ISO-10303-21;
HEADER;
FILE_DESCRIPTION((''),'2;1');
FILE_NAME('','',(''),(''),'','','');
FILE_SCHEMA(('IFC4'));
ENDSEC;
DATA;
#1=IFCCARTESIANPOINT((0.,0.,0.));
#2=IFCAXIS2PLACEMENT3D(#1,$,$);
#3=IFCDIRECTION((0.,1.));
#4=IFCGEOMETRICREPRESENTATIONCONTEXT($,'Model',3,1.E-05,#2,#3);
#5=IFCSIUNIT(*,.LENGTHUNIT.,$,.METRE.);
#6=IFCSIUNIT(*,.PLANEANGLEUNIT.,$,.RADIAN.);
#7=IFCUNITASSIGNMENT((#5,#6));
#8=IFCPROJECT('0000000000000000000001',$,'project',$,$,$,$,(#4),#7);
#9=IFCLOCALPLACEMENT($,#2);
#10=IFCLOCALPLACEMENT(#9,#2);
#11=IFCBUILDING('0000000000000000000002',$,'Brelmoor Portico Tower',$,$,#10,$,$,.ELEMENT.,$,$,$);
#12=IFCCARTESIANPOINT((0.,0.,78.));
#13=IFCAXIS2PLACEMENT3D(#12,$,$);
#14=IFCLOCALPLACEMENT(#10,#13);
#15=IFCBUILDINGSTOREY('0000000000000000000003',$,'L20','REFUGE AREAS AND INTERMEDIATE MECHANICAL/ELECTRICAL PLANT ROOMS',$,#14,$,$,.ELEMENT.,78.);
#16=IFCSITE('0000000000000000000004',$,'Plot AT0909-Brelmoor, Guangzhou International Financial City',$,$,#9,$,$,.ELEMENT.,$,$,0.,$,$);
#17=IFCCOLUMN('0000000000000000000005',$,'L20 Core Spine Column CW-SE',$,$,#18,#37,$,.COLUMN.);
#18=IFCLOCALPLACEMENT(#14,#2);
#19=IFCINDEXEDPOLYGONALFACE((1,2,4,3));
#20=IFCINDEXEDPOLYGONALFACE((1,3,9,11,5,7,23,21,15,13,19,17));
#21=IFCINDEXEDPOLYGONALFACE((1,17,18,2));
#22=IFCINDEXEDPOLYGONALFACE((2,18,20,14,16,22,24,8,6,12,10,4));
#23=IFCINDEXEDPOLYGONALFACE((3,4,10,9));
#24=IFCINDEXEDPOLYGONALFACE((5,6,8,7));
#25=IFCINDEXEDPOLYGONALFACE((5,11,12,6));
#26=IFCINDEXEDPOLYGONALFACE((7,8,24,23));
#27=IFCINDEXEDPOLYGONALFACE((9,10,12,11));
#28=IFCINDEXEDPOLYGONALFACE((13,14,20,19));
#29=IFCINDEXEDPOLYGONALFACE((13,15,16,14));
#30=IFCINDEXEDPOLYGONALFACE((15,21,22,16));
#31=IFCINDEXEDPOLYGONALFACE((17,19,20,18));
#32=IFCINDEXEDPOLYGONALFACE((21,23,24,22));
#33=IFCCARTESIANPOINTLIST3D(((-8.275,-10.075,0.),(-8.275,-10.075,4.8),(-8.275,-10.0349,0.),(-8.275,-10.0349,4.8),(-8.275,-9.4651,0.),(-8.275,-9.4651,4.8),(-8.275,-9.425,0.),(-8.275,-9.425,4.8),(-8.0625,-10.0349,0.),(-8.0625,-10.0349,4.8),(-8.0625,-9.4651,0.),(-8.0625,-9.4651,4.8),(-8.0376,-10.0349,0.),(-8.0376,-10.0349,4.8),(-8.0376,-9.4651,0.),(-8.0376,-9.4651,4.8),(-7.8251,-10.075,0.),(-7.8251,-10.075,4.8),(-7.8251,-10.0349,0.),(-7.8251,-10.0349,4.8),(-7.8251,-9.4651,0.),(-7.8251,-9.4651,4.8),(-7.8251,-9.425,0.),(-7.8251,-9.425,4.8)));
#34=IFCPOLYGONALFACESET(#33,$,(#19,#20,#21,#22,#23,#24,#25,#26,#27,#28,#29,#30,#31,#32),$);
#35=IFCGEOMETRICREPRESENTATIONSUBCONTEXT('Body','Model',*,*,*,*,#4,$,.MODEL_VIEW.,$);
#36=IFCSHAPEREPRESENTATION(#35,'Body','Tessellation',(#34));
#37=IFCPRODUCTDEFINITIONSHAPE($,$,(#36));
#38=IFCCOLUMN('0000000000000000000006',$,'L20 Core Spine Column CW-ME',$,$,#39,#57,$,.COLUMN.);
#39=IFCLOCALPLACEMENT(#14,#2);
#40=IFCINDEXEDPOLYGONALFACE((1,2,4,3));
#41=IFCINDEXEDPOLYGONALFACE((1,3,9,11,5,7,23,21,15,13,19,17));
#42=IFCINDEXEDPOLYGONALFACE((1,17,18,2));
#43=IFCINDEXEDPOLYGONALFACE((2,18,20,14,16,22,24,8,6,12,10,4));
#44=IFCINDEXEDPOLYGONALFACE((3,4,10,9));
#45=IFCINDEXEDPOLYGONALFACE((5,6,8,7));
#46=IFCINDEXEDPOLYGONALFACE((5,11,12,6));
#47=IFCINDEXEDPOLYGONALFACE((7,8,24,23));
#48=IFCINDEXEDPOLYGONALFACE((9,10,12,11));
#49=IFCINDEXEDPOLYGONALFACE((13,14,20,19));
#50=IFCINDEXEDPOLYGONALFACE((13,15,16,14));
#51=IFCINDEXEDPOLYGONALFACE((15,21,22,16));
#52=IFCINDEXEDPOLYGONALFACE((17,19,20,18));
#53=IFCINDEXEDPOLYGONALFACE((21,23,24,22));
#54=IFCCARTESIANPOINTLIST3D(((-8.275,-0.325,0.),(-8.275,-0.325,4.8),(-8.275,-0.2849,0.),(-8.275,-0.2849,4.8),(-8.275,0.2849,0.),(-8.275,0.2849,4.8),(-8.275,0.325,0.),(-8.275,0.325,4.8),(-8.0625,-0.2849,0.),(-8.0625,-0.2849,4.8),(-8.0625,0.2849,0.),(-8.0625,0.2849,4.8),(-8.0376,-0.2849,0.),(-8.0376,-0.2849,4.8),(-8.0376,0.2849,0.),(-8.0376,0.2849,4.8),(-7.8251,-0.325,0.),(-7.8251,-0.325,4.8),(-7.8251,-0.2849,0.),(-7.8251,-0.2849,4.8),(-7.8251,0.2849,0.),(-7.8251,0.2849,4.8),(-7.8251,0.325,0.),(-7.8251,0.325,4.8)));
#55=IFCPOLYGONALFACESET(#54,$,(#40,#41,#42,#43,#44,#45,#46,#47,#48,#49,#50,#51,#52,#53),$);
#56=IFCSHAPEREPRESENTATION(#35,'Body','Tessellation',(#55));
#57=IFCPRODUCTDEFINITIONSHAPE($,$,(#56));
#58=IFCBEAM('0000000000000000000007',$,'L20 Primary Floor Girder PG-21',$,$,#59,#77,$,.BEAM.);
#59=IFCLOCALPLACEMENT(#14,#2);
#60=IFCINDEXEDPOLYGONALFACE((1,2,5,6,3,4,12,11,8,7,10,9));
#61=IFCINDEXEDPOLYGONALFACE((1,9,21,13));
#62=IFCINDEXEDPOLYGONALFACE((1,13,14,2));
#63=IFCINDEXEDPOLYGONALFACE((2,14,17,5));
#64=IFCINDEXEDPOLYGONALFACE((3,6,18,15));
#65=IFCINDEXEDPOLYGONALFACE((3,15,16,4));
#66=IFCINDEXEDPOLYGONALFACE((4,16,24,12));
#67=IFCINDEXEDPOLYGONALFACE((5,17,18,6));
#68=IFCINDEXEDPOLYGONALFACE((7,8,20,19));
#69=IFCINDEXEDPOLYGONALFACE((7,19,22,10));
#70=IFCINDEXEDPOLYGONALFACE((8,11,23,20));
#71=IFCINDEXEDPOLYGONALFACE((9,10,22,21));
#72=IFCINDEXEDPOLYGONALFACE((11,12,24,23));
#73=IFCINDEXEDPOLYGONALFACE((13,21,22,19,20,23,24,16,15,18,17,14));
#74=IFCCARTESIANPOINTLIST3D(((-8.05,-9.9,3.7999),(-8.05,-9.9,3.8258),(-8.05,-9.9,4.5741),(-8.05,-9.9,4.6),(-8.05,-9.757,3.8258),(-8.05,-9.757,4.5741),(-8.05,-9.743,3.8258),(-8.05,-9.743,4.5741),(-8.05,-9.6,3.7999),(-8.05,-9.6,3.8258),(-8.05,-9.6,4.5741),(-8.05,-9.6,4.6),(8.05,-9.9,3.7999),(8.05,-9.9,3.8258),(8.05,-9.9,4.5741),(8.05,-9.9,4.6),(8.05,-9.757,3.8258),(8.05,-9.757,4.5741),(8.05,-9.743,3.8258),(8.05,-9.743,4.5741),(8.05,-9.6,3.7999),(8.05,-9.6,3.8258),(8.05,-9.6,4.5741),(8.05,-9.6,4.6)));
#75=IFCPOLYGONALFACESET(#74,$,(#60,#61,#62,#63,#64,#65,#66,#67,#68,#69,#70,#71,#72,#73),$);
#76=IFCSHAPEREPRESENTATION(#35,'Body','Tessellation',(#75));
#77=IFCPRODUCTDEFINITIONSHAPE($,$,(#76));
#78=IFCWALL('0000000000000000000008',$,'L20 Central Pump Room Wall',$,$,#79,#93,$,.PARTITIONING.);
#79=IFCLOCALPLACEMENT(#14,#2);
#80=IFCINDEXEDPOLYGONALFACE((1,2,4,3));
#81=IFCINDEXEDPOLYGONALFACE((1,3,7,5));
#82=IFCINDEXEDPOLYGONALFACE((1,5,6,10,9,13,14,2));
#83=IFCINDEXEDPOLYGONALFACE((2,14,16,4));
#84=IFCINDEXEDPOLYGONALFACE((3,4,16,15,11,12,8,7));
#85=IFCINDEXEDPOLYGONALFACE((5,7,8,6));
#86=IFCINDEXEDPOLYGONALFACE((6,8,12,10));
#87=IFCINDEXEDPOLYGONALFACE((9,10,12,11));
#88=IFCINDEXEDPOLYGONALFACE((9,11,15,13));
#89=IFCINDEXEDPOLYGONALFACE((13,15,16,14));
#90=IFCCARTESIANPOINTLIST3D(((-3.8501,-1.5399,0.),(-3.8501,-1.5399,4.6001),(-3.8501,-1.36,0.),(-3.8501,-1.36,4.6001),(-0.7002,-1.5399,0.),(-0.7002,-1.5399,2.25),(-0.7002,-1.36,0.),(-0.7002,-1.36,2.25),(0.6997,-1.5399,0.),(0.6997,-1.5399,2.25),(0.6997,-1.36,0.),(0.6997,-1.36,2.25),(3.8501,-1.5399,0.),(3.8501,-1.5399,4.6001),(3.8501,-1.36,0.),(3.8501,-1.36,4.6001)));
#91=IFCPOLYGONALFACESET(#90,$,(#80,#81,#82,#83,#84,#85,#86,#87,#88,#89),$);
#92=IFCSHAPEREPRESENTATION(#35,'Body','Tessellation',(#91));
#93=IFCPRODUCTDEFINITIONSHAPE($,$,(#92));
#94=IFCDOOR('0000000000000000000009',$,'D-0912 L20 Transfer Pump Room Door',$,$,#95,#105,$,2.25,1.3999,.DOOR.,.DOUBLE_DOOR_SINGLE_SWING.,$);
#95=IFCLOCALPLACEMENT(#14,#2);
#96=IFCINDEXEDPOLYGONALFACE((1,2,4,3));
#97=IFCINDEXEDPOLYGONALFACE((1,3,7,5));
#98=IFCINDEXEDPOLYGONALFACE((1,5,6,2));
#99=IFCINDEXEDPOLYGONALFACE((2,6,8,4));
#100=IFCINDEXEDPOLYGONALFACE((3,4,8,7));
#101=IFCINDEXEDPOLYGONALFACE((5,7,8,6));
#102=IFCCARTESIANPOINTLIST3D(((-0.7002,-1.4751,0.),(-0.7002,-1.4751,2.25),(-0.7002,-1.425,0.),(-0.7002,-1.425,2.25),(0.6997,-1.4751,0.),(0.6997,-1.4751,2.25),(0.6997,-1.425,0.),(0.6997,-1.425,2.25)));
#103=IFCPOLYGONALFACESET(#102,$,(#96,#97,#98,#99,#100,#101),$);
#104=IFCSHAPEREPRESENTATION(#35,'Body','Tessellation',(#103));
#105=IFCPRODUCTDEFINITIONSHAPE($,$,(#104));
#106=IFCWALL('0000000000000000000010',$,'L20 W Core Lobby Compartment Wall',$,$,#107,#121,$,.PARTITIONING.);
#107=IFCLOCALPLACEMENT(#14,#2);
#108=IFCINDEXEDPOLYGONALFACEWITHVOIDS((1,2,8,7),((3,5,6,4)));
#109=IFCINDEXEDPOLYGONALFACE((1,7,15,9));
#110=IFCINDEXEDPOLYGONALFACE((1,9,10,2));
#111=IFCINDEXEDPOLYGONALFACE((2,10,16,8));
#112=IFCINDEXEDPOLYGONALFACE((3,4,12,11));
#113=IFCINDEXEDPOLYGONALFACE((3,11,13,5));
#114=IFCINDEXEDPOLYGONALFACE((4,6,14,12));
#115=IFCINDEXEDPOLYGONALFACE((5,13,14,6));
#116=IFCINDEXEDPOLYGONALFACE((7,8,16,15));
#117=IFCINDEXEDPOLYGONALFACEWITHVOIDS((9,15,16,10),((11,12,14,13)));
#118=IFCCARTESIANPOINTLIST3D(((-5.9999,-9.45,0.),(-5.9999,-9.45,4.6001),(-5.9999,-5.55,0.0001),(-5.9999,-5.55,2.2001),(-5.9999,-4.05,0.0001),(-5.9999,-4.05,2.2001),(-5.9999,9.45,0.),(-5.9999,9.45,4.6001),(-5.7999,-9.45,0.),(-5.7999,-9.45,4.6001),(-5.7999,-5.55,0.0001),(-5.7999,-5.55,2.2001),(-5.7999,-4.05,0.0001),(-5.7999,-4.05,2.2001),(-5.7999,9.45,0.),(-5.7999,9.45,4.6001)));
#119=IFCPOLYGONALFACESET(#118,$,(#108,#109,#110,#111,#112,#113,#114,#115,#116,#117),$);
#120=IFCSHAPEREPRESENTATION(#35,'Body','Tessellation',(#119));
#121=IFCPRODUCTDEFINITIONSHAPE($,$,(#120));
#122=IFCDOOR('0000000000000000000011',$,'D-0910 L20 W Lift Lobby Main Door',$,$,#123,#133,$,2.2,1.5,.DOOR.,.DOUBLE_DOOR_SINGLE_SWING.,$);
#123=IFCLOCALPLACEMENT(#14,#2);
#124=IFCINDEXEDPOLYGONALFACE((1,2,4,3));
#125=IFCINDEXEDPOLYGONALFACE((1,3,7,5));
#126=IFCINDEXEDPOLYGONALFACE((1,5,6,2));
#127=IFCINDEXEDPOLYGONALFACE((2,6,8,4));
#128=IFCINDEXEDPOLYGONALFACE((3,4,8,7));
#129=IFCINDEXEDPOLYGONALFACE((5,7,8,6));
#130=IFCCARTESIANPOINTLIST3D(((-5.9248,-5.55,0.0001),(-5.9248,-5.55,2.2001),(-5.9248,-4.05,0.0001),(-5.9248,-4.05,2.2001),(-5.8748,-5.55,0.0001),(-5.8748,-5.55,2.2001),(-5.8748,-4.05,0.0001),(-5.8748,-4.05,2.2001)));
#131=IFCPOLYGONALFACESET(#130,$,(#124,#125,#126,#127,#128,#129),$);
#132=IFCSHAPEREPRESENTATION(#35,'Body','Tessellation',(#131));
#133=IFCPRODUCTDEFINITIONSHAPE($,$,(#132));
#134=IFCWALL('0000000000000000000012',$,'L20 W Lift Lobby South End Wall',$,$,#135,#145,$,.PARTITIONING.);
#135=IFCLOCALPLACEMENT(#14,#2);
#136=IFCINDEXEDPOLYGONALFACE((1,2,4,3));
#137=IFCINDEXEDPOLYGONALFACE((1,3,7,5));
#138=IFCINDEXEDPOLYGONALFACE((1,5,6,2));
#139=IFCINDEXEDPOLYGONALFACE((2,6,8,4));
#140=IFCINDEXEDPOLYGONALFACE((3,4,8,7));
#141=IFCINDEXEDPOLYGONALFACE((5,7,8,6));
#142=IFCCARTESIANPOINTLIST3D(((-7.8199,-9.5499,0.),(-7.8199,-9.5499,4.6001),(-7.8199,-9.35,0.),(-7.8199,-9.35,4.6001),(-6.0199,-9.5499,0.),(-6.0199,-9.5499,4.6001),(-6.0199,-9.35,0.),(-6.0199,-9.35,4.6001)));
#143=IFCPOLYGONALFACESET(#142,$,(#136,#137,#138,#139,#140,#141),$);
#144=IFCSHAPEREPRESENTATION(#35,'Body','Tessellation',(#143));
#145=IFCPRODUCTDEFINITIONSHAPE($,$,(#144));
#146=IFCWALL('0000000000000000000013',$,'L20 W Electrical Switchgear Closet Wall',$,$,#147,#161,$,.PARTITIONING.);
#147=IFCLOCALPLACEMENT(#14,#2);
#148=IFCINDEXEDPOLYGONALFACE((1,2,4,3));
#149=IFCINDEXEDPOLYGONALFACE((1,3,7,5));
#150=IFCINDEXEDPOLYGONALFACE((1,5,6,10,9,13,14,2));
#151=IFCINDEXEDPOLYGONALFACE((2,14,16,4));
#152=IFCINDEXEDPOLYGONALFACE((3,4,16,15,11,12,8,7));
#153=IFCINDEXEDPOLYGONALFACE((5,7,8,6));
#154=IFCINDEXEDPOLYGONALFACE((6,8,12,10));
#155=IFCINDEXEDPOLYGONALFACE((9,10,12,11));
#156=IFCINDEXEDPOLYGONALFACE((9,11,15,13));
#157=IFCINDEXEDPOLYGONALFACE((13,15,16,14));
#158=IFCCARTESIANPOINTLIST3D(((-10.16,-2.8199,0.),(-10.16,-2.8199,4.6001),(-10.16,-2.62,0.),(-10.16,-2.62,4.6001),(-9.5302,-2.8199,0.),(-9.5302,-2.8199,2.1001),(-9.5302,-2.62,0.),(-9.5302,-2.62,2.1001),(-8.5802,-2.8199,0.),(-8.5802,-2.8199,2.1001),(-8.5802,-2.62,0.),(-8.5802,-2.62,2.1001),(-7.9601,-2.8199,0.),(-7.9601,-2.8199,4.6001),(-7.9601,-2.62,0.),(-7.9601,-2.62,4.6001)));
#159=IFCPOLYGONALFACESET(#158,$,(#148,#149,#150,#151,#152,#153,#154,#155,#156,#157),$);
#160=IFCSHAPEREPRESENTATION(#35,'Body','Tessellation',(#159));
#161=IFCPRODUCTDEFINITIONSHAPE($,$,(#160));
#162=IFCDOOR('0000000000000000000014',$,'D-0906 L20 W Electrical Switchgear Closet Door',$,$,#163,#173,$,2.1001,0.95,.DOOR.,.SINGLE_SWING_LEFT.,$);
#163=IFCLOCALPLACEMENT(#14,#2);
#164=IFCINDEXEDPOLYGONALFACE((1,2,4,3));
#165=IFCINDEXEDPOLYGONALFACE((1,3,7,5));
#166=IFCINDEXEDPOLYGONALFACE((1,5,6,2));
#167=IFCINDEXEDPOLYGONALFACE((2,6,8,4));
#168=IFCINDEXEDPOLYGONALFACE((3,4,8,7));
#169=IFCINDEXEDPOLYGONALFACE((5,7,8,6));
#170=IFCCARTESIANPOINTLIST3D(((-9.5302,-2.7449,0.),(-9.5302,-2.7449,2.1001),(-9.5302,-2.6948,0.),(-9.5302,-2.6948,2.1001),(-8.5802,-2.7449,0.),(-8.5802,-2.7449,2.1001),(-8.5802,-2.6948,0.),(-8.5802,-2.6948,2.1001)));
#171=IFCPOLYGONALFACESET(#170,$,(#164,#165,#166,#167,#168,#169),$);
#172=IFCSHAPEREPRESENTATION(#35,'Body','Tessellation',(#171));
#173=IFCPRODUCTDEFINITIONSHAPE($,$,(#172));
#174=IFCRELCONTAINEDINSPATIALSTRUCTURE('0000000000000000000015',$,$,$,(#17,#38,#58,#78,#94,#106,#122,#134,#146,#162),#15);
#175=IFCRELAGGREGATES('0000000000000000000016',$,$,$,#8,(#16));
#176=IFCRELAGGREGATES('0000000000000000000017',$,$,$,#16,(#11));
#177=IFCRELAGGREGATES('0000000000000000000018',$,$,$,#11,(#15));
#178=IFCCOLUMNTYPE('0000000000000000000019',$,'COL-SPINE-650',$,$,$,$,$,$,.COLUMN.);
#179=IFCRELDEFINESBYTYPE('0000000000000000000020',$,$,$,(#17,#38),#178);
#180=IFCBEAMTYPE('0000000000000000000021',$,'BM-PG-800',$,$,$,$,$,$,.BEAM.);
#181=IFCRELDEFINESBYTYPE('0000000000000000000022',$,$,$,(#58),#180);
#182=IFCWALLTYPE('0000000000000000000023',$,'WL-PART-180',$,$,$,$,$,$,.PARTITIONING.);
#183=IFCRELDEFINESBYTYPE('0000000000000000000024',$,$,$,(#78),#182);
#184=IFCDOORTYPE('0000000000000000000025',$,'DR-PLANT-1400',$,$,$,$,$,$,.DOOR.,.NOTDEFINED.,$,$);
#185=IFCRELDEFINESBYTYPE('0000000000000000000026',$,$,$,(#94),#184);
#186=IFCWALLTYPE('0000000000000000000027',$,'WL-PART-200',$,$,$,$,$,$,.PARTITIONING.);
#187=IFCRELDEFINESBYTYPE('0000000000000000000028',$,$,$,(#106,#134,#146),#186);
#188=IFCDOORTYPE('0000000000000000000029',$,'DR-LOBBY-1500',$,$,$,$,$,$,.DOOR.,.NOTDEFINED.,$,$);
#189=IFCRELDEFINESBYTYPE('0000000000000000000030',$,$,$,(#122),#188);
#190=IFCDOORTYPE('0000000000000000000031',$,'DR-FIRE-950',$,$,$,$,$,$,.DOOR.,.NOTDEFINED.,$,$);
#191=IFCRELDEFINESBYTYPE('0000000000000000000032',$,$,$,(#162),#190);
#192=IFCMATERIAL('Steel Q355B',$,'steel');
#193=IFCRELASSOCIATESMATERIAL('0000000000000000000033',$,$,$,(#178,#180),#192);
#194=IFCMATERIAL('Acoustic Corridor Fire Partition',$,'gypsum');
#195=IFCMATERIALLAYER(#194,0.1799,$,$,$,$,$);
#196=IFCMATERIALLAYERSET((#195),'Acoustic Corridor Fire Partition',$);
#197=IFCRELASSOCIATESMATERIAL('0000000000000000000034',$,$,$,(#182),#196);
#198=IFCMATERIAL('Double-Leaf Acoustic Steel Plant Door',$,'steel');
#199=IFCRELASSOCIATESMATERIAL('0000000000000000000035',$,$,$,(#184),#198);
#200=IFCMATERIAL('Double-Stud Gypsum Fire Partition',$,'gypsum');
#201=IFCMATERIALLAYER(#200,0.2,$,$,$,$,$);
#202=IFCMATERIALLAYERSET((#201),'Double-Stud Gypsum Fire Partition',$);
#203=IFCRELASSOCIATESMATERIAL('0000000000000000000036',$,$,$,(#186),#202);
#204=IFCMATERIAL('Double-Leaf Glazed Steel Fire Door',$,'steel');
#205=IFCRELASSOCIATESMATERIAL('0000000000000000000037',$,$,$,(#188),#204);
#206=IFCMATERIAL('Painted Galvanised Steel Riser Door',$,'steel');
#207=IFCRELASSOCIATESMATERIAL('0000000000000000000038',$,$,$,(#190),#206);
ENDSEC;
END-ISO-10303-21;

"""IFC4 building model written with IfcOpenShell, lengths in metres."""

from ifc_helpers import new_model, si_unit, direction, frame, frame_2d, origin, origin_2d, place, context, subcontext, project, spatial, rectangle, i_section, extrude, material, layer, layer_set, material_profile, profile_set, type_object, element, fill, save


model = new_model("IFC4")

# Units and contexts
model_context = context("Model", 3, precision=1e-05, world=origin(), true_north=direction((0.0, 1.0)))
body_context = subcontext(model_context, "Body", "Model", "MODEL_VIEW")
ifc_project = project(units=[si_unit("LENGTHUNIT", "METRE"), si_unit("PLANEANGLEUNIT", "RADIAN")], contexts=[model_context])

# Site, building, storey
site_placement = place(None, origin())
site = spatial("IfcSite", under=ifc_project, at=site_placement, Name="Plot AT0909-Brelmoor, Guangzhou International Financial City", CompositionType="ELEMENT", RefElevation=0.0)
building_placement = place(site_placement, origin())
building = spatial("IfcBuilding", under=site, at=building_placement, Name="Brelmoor Portico Tower", CompositionType="ELEMENT")
storey_placement = place(building_placement, frame((0.0, 0.0, 78.0)))
storey = spatial("IfcBuildingStorey", under=building, at=storey_placement, Name="L20", Description="REFUGE AREAS AND INTERMEDIATE MECHANICAL/ELECTRICAL PLANT ROOMS", CompositionType="ELEMENT", Elevation=78.0)

# Columns
ifc_material_1 = material(Name="Steel Q355B", Category="steel")
ifc_material_profile_1 = material_profile(ifc_material_1, i_section(OverallWidth=0.45, OverallDepth=0.6499, WebThickness=0.0249, FlangeThickness=0.04, at=origin_2d()), Name="HW 650x450x25x40")
ifc_profile_set_1 = profile_set([ifc_material_profile_1], Name="Steel Q355B")
column_type = type_object("IfcColumnType", Name="COL-SPINE-650", PredefinedType="COLUMN", material=ifc_profile_set_1)
for number, where, z_axis, x_axis, name in (
    (1, (-8.05, -9.75, 0.0), (0.0, 0.0, 1.0), (1.0, 0.0, 0.0), "L20 Core Spine Column CW-SE"),
    (2, (-8.05, 0.0, 0.0), (0.0, 0.0, 1.0), (1.0, 0.0, 0.0), "L20 Core Spine Column CW-ME"),
):
    element("IfcColumn", number, at=place(storey_placement, frame(where, z_axis=z_axis, x_axis=x_axis)), inside=storey, type_object=column_type, Name=name, PredefinedType="COLUMN", context=body_context, shape_type="SweptSolid", body=[
        extrude(i_section(OverallWidth=0.45, OverallDepth=0.6499, WebThickness=0.0249, FlangeThickness=0.04, at=origin_2d()), origin(), (0.0, 0.0, 1.0), 4.8),
    ])

# Beam
ifc_material_profile_2 = material_profile(ifc_material_1, i_section(OverallWidth=0.3, OverallDepth=0.8, WebThickness=0.0139, FlangeThickness=0.0259, at=origin_2d()), Name="HN 800x300x14x26")
ifc_profile_set_2 = profile_set([ifc_material_profile_2], Name="Steel Q355B")
beam_type = type_object("IfcBeamType", Name="BM-PG-800", PredefinedType="BEAM", material=ifc_profile_set_2)
beam_placement = place(storey_placement, frame((-8.05, -9.75, 4.2), z_axis=(1.0, 0.0, 0.0), x_axis=(0.0, 1.0, 0.0)))
element("IfcBeam", 3, at=beam_placement, inside=storey, type_object=beam_type, Name="L20 Primary Floor Girder PG-21", PredefinedType="BEAM", context=body_context, shape_type="SweptSolid", body=[
    extrude(i_section(OverallWidth=0.3, OverallDepth=0.8, WebThickness=0.0139, FlangeThickness=0.0259, at=origin_2d()), origin(), (0.0, 0.0, 1.0), 16.1001),
])

# Walls, openings, doors
ifc_material_2 = material(Name="Acoustic Corridor Fire Partition", Category="gypsum")
ifc_layer_1 = layer(ifc_material_2, 0.1799)
ifc_layer_set_1 = layer_set([ifc_layer_1], Name="Acoustic Corridor Fire Partition")
wall_type_1 = type_object("IfcWallType", Name="WL-PART-180", PredefinedType="PARTITIONING", material=ifc_layer_set_1)
wall_1_placement = place(storey_placement, frame((-3.8501, -1.45, 0.0), z_axis=(0.0, 0.0, 1.0), x_axis=(1.0, 0.0, 0.0)))
wall_1 = element("IfcWall", 4, at=wall_1_placement, inside=storey, type_object=wall_type_1, Name="L20 Central Pump Room Wall", PredefinedType="PARTITIONING", context=body_context, shape_type="SweptSolid", body=[
    extrude(rectangle(XDim=7.7002, YDim=0.1799, at=frame_2d((3.8501, 0.0))), origin(), (0.0, 0.0, 1.0), 4.6001),
])
opening_1_placement = place(wall_1_placement, frame((3.1499, 0.0, 0.0)))
opening_1 = element("IfcOpeningElement", 5, at=opening_1_placement, cuts=wall_1, PredefinedType="OPENING", context=body_context, shape_type="SweptSolid", body=[
    extrude(rectangle(XDim=1.3999, YDim=2.25, at=frame_2d((0.7, 1.125))), frame((0.0, 0.0999, 0.0), z_axis=(0.0, -1.0, 0.0), x_axis=(1.0, 0.0, 0.0)), (0.0, 0.0, 1.0), 0.2),
])
ifc_material_3 = material(Name="Double-Leaf Acoustic Steel Plant Door", Category="steel")
door_type_1 = type_object("IfcDoorType", Name="DR-PLANT-1400", OperationType="NOTDEFINED", PredefinedType="DOOR", material=ifc_material_3)
door_1_placement = place(opening_1_placement, origin())
door_1 = element("IfcDoor", 6, at=door_1_placement, inside=storey, type_object=door_type_1, Name="D-0912 L20 Transfer Pump Room Door", OperationType="DOUBLE_DOOR_SINGLE_SWING", OverallHeight=2.25, OverallWidth=1.3999, PredefinedType="DOOR", context=body_context, shape_type="SweptSolid", body=[
    extrude(rectangle(XDim=1.3999, YDim=2.25, at=frame_2d((0.7, 1.125))), frame((0.0, 0.0249, 0.0), z_axis=(0.0, -1.0, 0.0), x_axis=(1.0, 0.0, 0.0)), (0.0, 0.0, 1.0), 0.05),
])
fill(opening_1, door_1)
ifc_material_4 = material(Name="Double-Stud Gypsum Fire Partition", Category="gypsum")
ifc_layer_2 = layer(ifc_material_4, 0.2)
ifc_layer_set_2 = layer_set([ifc_layer_2], Name="Double-Stud Gypsum Fire Partition")
wall_type_2 = type_object("IfcWallType", Name="WL-PART-200", PredefinedType="PARTITIONING", material=ifc_layer_set_2)
wall_2_placement = place(storey_placement, frame((-5.8999, -9.45, 0.0), z_axis=(0.0, 0.0, 1.0), x_axis=(0.0, 1.0, 0.0)))
wall_2 = element("IfcWall", 7, at=wall_2_placement, inside=storey, type_object=wall_type_2, Name="L20 W Core Lobby Compartment Wall", PredefinedType="PARTITIONING", context=body_context, shape_type="SweptSolid", body=[
    extrude(rectangle(XDim=18.8999, YDim=0.2, at=frame_2d((9.45, 0.0))), origin(), (0.0, 0.0, 1.0), 4.6001),
])
opening_2_placement = place(wall_2_placement, frame((3.8999, 0.0, 0.0)))
opening_2 = element("IfcOpeningElement", 8, at=opening_2_placement, cuts=wall_2, PredefinedType="OPENING", context=body_context, shape_type="SweptSolid", body=[
    extrude(rectangle(XDim=1.5, YDim=2.2, at=frame_2d((0.75, 1.1001))), frame((0.0, 0.1099, 0.0), z_axis=(0.0, -1.0, 0.0), x_axis=(1.0, 0.0, 0.0)), (0.0, 0.0, 1.0), 0.22),
])
ifc_material_5 = material(Name="Double-Leaf Glazed Steel Fire Door", Category="steel")
door_type_2 = type_object("IfcDoorType", Name="DR-LOBBY-1500", OperationType="NOTDEFINED", PredefinedType="DOOR", material=ifc_material_5)
door_2_placement = place(opening_2_placement, origin())
door_2 = element("IfcDoor", 9, at=door_2_placement, inside=storey, type_object=door_type_2, Name="D-0910 L20 W Lift Lobby Main Door", OperationType="DOUBLE_DOOR_SINGLE_SWING", OverallHeight=2.2, OverallWidth=1.5, PredefinedType="DOOR", context=body_context, shape_type="SweptSolid", body=[
    extrude(rectangle(XDim=1.5, YDim=2.2, at=frame_2d((0.75, 1.1001))), frame((0.0, 0.0249, 0.0), z_axis=(0.0, -1.0, 0.0), x_axis=(1.0, 0.0, 0.0)), (0.0, 0.0, 1.0), 0.05),
])
fill(opening_2, door_2)

# Wall
wall_3_placement = place(storey_placement, frame((-6.02, -9.45, 0.0), z_axis=(0.0, 0.0, 1.0), x_axis=(-1.0, 0.0, 0.0)))
element("IfcWall", 10, at=wall_3_placement, inside=storey, type_object=wall_type_2, Name="L20 W Lift Lobby South End Wall", PredefinedType="PARTITIONING", context=body_context, shape_type="SweptSolid", body=[
    extrude(rectangle(XDim=1.8, YDim=0.2, at=frame_2d((0.8999, 0.0))), origin(), (0.0, 0.0, 1.0), 4.6001),
])

# Wall, opening, door
wall_4_placement = place(storey_placement, frame((-7.96, -2.72, 0.0), z_axis=(0.0, 0.0, 1.0), x_axis=(-1.0, 0.0, 0.0)))
wall_4 = element("IfcWall", 11, at=wall_4_placement, inside=storey, type_object=wall_type_2, Name="L20 W Electrical Switchgear Closet Wall", PredefinedType="PARTITIONING", context=body_context, shape_type="SweptSolid", body=[
    extrude(rectangle(XDim=2.2, YDim=0.2, at=frame_2d((1.1001, 0.0))), origin(), (0.0, 0.0, 1.0), 4.6001),
])
opening_3_placement = place(wall_4_placement, frame((0.6201, 0.0, 0.0)))
opening_3 = element("IfcOpeningElement", 12, at=opening_3_placement, cuts=wall_4, PredefinedType="OPENING", context=body_context, shape_type="SweptSolid", body=[
    extrude(rectangle(XDim=0.95, YDim=2.1001, at=frame_2d((0.4751, 1.05))), frame((0.0, 0.1099, 0.0), z_axis=(0.0, -1.0, 0.0), x_axis=(1.0, 0.0, 0.0)), (0.0, 0.0, 1.0), 0.22),
])
ifc_material_6 = material(Name="Painted Galvanised Steel Riser Door", Category="steel")
door_type_3 = type_object("IfcDoorType", Name="DR-FIRE-950", OperationType="NOTDEFINED", PredefinedType="DOOR", material=ifc_material_6)
door_3_placement = place(opening_3_placement, origin())
door_3 = element("IfcDoor", 13, at=door_3_placement, inside=storey, type_object=door_type_3, Name="D-0906 L20 W Electrical Switchgear Closet Door", OperationType="SINGLE_SWING_LEFT", OverallHeight=2.1001, OverallWidth=0.95, PredefinedType="DOOR", context=body_context, shape_type="SweptSolid", body=[
    extrude(rectangle(XDim=0.95, YDim=2.1001, at=frame_2d((0.4751, 1.05))), frame((0.0, 0.0249, 0.0), z_axis=(0.0, -1.0, 0.0), x_axis=(1.0, 0.0, 0.0)), (0.0, 0.0, 1.0), 0.05),
])
fill(opening_3, door_3)

save(model, "model.ifc")
